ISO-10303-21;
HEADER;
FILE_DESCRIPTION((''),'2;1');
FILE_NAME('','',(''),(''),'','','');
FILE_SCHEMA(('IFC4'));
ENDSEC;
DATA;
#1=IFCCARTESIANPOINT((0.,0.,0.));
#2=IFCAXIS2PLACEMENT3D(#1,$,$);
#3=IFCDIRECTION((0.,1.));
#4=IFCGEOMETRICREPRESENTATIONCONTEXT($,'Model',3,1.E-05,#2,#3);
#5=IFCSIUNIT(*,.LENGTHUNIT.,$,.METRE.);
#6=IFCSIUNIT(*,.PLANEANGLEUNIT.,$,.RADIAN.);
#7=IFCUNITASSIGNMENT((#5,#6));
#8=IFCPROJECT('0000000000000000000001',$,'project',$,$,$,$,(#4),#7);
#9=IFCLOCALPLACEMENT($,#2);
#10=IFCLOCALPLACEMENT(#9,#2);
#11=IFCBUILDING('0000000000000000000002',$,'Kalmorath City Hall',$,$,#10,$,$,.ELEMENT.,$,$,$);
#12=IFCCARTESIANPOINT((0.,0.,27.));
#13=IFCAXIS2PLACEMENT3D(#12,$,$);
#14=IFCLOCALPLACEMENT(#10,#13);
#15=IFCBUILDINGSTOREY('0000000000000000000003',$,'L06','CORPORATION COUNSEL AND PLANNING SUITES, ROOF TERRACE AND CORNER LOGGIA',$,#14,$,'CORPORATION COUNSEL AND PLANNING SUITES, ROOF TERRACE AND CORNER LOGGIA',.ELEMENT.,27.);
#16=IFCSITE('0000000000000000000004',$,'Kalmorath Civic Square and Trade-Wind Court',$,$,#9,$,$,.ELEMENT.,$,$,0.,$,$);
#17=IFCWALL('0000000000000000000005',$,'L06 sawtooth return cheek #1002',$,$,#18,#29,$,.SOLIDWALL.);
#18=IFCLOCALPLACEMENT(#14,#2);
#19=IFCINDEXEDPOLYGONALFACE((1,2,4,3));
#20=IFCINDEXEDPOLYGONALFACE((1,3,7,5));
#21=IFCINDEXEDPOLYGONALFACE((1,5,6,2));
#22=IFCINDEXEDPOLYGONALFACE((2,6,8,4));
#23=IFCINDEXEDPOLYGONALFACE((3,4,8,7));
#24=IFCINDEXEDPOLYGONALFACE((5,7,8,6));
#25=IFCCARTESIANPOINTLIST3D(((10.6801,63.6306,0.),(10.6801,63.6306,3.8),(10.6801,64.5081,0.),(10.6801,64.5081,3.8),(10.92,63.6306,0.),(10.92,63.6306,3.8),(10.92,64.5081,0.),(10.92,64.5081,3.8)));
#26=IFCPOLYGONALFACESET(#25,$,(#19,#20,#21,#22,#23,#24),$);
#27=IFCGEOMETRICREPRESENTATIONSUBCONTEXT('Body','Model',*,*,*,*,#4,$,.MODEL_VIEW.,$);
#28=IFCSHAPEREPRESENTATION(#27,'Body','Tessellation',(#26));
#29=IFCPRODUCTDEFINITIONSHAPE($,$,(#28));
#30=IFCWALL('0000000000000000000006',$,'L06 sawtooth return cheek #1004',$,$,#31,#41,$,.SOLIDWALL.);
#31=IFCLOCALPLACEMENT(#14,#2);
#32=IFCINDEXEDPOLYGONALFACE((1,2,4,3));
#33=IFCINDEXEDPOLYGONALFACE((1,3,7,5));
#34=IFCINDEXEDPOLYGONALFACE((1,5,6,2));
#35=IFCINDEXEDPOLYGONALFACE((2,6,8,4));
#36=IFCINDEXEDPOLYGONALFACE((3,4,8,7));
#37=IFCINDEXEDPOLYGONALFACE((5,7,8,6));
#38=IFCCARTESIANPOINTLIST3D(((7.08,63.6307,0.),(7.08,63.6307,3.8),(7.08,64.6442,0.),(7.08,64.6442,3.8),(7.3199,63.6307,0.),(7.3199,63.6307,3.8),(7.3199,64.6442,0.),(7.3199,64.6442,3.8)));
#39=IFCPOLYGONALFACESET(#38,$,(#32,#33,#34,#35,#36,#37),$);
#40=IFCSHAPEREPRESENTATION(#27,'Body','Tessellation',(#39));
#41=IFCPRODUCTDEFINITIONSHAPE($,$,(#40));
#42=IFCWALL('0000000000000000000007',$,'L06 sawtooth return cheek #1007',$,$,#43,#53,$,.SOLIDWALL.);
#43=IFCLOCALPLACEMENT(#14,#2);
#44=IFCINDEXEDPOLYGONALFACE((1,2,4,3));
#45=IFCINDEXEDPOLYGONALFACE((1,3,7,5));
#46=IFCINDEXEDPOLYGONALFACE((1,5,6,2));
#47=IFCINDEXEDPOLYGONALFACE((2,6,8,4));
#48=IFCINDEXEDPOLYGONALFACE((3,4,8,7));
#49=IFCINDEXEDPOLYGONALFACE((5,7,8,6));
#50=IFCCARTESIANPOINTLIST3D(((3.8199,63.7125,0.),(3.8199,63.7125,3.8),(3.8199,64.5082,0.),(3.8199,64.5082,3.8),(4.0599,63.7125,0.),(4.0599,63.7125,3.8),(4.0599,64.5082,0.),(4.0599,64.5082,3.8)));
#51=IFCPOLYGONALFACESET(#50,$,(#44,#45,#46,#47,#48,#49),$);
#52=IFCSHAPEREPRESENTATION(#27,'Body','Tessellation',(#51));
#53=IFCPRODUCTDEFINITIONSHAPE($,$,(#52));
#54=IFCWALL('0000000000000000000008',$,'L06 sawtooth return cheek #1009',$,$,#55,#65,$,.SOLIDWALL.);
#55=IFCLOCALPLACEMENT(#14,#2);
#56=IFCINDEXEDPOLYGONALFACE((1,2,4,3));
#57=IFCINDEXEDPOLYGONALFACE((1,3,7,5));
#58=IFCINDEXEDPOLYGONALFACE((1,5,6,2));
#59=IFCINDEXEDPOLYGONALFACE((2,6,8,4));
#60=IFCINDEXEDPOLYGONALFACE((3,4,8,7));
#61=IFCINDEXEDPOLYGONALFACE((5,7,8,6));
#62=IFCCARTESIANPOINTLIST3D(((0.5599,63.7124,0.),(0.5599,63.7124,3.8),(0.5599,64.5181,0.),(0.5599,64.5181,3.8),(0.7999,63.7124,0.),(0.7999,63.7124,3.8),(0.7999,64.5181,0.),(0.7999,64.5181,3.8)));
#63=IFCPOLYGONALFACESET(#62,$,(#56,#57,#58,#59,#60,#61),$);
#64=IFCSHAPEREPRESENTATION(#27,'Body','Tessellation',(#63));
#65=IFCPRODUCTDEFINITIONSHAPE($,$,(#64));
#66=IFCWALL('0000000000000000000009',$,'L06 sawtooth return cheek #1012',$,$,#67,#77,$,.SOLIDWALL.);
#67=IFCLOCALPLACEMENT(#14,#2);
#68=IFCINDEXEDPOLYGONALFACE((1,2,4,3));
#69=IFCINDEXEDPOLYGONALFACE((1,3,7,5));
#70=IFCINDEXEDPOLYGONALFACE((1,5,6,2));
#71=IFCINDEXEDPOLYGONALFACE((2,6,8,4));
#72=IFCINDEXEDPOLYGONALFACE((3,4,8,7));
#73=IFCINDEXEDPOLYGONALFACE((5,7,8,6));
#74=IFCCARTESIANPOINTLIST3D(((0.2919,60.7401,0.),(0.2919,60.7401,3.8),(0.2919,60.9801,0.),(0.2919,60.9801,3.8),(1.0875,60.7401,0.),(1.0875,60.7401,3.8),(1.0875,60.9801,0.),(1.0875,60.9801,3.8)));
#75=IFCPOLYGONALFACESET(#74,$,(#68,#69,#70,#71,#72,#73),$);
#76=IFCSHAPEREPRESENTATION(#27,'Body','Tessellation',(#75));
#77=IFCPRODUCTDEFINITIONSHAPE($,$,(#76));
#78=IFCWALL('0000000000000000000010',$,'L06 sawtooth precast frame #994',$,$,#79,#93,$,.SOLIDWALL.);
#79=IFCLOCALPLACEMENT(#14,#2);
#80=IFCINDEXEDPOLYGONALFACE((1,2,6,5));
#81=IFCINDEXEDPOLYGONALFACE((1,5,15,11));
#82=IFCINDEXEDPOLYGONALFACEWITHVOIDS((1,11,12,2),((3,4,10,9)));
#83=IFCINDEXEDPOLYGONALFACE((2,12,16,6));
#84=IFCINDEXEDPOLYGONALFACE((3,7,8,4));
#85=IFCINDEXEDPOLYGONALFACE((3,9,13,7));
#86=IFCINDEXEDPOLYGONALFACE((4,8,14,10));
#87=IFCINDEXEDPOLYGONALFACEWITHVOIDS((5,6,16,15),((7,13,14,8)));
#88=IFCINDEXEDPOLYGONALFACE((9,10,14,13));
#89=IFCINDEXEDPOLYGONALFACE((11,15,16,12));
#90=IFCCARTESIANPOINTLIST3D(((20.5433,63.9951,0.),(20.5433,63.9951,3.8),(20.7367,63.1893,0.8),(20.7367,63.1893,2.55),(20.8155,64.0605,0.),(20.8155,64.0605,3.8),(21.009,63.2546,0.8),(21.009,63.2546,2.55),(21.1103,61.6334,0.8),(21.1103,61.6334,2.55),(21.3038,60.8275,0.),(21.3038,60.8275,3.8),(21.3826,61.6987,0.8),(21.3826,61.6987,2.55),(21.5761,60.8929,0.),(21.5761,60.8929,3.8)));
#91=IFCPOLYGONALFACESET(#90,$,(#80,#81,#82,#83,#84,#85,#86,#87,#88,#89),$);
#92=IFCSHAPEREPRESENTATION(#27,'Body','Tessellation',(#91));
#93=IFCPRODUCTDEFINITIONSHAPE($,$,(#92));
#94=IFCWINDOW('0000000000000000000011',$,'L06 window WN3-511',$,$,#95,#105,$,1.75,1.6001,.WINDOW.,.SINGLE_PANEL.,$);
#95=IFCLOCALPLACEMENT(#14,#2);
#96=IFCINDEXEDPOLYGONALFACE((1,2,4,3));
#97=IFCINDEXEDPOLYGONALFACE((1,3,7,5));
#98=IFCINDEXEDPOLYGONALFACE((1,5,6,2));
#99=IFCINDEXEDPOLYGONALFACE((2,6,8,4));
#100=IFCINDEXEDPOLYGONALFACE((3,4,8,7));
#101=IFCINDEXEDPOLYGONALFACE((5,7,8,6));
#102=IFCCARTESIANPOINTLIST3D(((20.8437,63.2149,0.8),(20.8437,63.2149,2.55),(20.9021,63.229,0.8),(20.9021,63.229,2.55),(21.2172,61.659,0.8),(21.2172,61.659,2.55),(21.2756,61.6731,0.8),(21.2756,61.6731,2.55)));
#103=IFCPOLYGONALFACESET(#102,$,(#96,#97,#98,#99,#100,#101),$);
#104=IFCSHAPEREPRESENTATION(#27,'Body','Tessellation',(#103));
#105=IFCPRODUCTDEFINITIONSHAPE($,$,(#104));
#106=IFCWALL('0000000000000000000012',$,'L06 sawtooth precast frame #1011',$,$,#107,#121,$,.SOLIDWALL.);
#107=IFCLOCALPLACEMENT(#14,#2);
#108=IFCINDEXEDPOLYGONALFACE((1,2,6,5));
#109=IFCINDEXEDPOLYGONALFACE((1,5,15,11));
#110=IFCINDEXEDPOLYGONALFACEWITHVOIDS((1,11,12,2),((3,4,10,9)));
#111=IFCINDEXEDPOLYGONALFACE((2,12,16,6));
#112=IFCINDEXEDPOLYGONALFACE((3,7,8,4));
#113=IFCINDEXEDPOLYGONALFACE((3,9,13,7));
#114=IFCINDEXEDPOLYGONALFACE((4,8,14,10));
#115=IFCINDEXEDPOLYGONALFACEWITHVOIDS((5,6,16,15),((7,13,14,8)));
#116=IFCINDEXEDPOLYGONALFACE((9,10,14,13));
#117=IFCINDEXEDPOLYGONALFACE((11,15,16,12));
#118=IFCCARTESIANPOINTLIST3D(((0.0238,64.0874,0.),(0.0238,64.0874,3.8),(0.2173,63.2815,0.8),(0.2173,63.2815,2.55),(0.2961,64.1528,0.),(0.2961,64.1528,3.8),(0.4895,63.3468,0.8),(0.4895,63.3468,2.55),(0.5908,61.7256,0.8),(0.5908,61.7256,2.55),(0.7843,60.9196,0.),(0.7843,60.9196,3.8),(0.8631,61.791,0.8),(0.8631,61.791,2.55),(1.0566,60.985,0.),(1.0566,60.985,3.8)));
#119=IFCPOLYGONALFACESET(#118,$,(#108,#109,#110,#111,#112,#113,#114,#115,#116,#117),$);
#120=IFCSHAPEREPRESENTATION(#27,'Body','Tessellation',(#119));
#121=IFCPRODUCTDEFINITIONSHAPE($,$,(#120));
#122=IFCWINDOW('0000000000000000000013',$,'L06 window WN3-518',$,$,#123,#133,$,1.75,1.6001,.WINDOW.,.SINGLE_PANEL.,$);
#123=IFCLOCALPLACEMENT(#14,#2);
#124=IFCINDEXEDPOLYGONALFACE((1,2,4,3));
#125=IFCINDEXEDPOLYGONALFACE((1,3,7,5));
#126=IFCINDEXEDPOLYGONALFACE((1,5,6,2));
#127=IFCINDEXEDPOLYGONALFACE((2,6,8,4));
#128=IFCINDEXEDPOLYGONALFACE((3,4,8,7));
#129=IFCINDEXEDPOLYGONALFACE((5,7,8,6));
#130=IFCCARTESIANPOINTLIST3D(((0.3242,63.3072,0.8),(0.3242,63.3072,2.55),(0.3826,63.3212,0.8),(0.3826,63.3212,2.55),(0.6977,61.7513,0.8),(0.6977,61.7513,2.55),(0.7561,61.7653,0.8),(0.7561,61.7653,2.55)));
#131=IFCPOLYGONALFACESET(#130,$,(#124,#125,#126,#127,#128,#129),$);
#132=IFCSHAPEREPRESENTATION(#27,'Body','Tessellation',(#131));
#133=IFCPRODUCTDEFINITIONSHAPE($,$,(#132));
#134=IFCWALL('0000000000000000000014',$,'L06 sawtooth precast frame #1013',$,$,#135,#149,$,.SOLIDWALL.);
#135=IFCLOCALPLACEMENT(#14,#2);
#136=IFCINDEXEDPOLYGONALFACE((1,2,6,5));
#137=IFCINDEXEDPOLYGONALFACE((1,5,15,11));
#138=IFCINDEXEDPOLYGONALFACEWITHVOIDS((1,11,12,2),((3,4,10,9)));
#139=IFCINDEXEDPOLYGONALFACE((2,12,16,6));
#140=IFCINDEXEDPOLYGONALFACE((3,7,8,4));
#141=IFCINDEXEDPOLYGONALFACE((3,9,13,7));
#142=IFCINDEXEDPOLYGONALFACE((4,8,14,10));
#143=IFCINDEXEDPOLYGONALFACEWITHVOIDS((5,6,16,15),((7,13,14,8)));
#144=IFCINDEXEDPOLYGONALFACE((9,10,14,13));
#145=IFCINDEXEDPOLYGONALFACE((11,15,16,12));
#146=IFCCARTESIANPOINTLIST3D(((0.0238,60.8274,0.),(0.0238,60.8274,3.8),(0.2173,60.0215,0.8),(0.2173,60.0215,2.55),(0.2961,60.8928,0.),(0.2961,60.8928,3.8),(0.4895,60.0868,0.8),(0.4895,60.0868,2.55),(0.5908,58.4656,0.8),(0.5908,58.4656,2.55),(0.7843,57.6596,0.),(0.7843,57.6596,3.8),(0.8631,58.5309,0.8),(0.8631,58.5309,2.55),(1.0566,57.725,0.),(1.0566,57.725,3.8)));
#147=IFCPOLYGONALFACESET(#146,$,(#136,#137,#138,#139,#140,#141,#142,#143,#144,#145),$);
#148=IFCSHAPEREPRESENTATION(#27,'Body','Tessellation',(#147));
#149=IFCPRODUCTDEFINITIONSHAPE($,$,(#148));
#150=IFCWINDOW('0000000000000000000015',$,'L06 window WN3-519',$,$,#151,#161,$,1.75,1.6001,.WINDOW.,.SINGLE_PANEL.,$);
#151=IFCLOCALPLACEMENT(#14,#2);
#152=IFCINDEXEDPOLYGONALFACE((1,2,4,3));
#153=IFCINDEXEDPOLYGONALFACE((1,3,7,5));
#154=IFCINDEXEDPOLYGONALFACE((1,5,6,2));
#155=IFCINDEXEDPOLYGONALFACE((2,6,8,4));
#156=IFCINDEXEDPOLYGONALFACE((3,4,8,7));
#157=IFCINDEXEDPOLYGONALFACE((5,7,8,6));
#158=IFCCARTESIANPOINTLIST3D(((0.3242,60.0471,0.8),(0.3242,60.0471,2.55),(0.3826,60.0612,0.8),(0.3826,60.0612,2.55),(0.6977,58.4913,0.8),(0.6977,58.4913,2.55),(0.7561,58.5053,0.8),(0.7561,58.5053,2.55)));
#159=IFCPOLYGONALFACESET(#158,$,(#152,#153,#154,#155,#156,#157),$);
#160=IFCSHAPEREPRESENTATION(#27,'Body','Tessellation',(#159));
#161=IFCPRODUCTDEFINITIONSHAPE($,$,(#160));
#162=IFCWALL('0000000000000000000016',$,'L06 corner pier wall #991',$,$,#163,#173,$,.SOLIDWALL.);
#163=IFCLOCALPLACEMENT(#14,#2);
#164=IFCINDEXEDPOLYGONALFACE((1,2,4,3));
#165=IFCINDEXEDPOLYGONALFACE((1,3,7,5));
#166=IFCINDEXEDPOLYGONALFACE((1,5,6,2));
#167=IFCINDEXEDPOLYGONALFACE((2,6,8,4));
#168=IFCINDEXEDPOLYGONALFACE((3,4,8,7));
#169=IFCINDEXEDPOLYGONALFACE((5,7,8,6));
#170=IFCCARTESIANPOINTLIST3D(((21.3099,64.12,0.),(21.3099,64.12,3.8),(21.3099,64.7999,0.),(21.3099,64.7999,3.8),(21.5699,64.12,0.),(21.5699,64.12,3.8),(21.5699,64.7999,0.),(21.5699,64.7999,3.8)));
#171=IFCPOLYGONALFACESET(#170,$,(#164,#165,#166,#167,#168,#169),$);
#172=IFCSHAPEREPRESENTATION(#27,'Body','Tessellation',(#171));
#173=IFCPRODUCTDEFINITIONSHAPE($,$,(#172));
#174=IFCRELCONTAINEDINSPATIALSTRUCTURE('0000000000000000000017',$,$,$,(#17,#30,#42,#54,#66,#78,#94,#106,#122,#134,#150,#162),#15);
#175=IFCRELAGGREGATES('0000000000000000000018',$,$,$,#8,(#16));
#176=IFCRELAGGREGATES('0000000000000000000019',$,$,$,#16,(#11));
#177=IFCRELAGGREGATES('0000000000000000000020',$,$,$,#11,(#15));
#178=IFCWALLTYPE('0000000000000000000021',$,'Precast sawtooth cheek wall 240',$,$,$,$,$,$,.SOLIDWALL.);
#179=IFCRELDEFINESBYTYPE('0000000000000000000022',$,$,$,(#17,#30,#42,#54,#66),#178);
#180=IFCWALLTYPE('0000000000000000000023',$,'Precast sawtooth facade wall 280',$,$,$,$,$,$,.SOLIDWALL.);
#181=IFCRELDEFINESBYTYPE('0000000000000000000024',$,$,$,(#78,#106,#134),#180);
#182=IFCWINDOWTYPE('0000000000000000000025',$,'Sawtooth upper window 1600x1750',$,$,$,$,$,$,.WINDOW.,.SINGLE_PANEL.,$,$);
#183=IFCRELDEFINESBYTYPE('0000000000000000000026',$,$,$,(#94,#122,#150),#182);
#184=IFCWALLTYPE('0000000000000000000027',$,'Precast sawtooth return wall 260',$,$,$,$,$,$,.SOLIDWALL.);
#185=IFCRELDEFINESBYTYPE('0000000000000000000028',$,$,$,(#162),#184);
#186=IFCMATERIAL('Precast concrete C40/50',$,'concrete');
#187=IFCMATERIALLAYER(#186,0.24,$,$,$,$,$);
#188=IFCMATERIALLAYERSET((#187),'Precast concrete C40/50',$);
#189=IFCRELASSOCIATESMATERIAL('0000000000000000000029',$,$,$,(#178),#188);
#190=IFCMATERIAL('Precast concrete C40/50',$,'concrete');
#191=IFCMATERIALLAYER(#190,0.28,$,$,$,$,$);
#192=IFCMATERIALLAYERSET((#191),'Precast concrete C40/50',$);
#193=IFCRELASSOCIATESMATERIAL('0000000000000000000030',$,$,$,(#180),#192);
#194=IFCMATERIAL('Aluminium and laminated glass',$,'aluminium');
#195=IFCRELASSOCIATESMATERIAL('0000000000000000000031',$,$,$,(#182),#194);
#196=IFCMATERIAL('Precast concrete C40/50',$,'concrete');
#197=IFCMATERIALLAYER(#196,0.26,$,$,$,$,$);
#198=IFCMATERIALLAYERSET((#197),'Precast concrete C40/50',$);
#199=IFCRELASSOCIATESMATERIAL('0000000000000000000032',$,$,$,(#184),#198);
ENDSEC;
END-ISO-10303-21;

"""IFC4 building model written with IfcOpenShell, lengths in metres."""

from ifc_helpers import new_model, si_unit, direction, frame, frame_2d, origin, place, context, subcontext, project, spatial, rectangle, extrude, material, layer, layer_set, type_object, element, fill, save


model = new_model("IFC4")

# Units and contexts
model_context = context("Model", 3, precision=1e-05, world=origin(), true_north=direction((0.0, 1.0)))
body_context = subcontext(model_context, "Body", "Model", "MODEL_VIEW")
ifc_project = project(units=[si_unit("LENGTHUNIT", "METRE"), si_unit("PLANEANGLEUNIT", "RADIAN")], contexts=[model_context])

# Site, building, storey
site_placement = place(None, origin())
site = spatial("IfcSite", under=ifc_project, at=site_placement, Name="Kalmorath Civic Square and Trade-Wind Court", CompositionType="ELEMENT", RefElevation=0.0)
building_placement = place(site_placement, origin())
building = spatial("IfcBuilding", under=site, at=building_placement, Name="Kalmorath City Hall", CompositionType="ELEMENT")
storey_placement = place(building_placement, frame((0.0, 0.0, 27.0)))
storey = spatial("IfcBuildingStorey", under=building, at=storey_placement, Name="L06", Description="CORPORATION COUNSEL AND PLANNING SUITES, ROOF TERRACE AND CORNER LOGGIA", LongName="CORPORATION COUNSEL AND PLANNING SUITES, ROOF TERRACE AND CORNER LOGGIA", CompositionType="ELEMENT", Elevation=27.0)

# Walls
ifc_material_1 = material(Name="Precast concrete C40/50", Category="concrete")
ifc_layer_1 = layer(ifc_material_1, 0.24)
ifc_layer_set_1 = layer_set([ifc_layer_1], Name="Precast concrete C40/50")
wall_type_1 = type_object("IfcWallType", Name="Precast sawtooth cheek wall 240", PredefinedType="SOLIDWALL", material=ifc_layer_set_1)
wall_1_placement = place(storey_placement, frame((10.8, 63.6306, 0.0), z_axis=(0.0, 0.0, 1.0), x_axis=(0.0, 1.0, 0.0)))
element("IfcWall", 1, at=wall_1_placement, inside=storey, type_object=wall_type_1, Name="L06 sawtooth return cheek #1002", PredefinedType="SOLIDWALL", context=body_context, shape_type="SweptSolid", body=[
    extrude(rectangle(XDim=0.8774, YDim=0.24, at=frame_2d((0.4387, 0.0))), origin(), (0.0, 0.0, 1.0), 3.8),
])
wall_2_placement = place(storey_placement, frame((7.2, 63.6306, 0.0), z_axis=(0.0, 0.0, 1.0), x_axis=(0.0, 1.0, 0.0)))
element("IfcWall", 2, at=wall_2_placement, inside=storey, type_object=wall_type_1, Name="L06 sawtooth return cheek #1004", PredefinedType="SOLIDWALL", context=body_context, shape_type="SweptSolid", body=[
    extrude(rectangle(XDim=1.0134, YDim=0.24, at=frame_2d((0.5068, 0.0))), origin(), (0.0, 0.0, 1.0), 3.8),
])
wall_3_placement = place(storey_placement, frame((3.9399, 63.7124, 0.0), z_axis=(0.0, 0.0, 1.0), x_axis=(0.0, 1.0, 0.0)))
element("IfcWall", 3, at=wall_3_placement, inside=storey, type_object=wall_type_1, Name="L06 sawtooth return cheek #1007", PredefinedType="SOLIDWALL", context=body_context, shape_type="SweptSolid", body=[
    extrude(rectangle(XDim=0.7957, YDim=0.24, at=frame_2d((0.3979, 0.0))), origin(), (0.0, 0.0, 1.0), 3.8),
])
wall_4_placement = place(storey_placement, frame((0.6799, 63.7124, 0.0), z_axis=(0.0, 0.0, 1.0), x_axis=(0.0, 1.0, 0.0)))
element("IfcWall", 4, at=wall_4_placement, inside=storey, type_object=wall_type_1, Name="L06 sawtooth return cheek #1009", PredefinedType="SOLIDWALL", context=body_context, shape_type="SweptSolid", body=[
    extrude(rectangle(XDim=0.8057, YDim=0.24, at=frame_2d((0.4028, 0.0))), origin(), (0.0, 0.0, 1.0), 3.8),
])
wall_5_placement = place(storey_placement, frame((1.0876, 60.8601, 0.0), z_axis=(0.0, 0.0, 1.0), x_axis=(-1.0, 0.0, 0.0)))
element("IfcWall", 5, at=wall_5_placement, inside=storey, type_object=wall_type_1, Name="L06 sawtooth return cheek #1012", PredefinedType="SOLIDWALL", context=body_context, shape_type="SweptSolid", body=[
    extrude(rectangle(XDim=0.7957, YDim=0.24, at=frame_2d((0.3979, 0.0))), origin(), (0.0, 0.0, 1.0), 3.8),
])

# Walls, openings, windows
ifc_material_2 = material(Name="Precast concrete C40/50", Category="concrete")
ifc_layer_2 = layer(ifc_material_2, 0.28)
ifc_layer_set_2 = layer_set([ifc_layer_2], Name="Precast concrete C40/50")
wall_type_2 = type_object("IfcWallType", Name="Precast sawtooth facade wall 280", PredefinedType="SOLIDWALL", material=ifc_layer_set_2)
wall_6_placement = place(storey_placement, frame((21.4399, 60.8601, 0.0), z_axis=(0.0, 0.0, 1.0), x_axis=(-0.233461, 0.972366, 0.0)))
wall_6 = element("IfcWall", 6, at=wall_6_placement, inside=storey, type_object=wall_type_2, Name="L06 sawtooth precast frame #994", PredefinedType="SOLIDWALL", context=body_context, shape_type="SweptSolid", body=[
    extrude(rectangle(XDim=3.2576, YDim=0.28, at=frame_2d((1.6289, 0.0))), origin(), (0.0, 0.0, 1.0), 3.8),
])
opening_1_placement = place(wall_6_placement, frame((0.8289, 0.0, 0.8)))
opening_1 = element("IfcOpeningElement", 7, at=opening_1_placement, cuts=wall_6, PredefinedType="OPENING", context=body_context, shape_type="SweptSolid", body=[
    extrude(rectangle(XDim=1.6001, YDim=1.75, at=frame_2d((0.8, 0.875))), frame((0.0, 0.1499, 0.0), z_axis=(0.0, -1.0, 0.0), x_axis=(1.0, 0.0, 0.0)), (0.0, 0.0, 1.0), 0.3),
])
ifc_material_3 = material(Name="Aluminium and laminated glass", Category="aluminium")
window_type = type_object("IfcWindowType", Name="Sawtooth upper window 1600x1750", PartitioningType="SINGLE_PANEL", PredefinedType="WINDOW", material=ifc_material_3)
window_1_placement = place(opening_1_placement, origin())
window_1 = element("IfcWindow", 8, at=window_1_placement, inside=storey, type_object=window_type, Name="L06 window WN3-511", OverallHeight=1.75, OverallWidth=1.6001, PartitioningType="SINGLE_PANEL", PredefinedType="WINDOW", context=body_context, shape_type="SweptSolid", body=[
    extrude(rectangle(XDim=1.6001, YDim=1.75, at=frame_2d((0.8, 0.875))), frame((0.0, 0.03, 0.0), z_axis=(0.0, -1.0, 0.0), x_axis=(1.0, 0.0, 0.0)), (0.0, 0.0, 1.0), 0.0601),
])
fill(opening_1, window_1)
wall_7_placement = place(storey_placement, frame((0.1599, 64.1201, 0.0), z_axis=(0.0, 0.0, 1.0), x_axis=(0.233444, -0.97237, 0.0)))
wall_7 = element("IfcWall", 9, at=wall_7_placement, inside=storey, type_object=wall_type_2, Name="L06 sawtooth precast frame #1011", PredefinedType="SOLIDWALL", context=body_context, shape_type="SweptSolid", body=[
    extrude(rectangle(XDim=3.2578, YDim=0.28, at=frame_2d((1.6289, 0.0))), origin(), (0.0, 0.0, 1.0), 3.8),
])
opening_2_placement = place(wall_7_placement, frame((0.8289, 0.0, 0.8)))
opening_2 = element("IfcOpeningElement", 10, at=opening_2_placement, cuts=wall_7, PredefinedType="OPENING", context=body_context, shape_type="SweptSolid", body=[
    extrude(rectangle(XDim=1.6001, YDim=1.75, at=frame_2d((0.8, 0.875))), frame((0.0, 0.1499, 0.0), z_axis=(0.0, -1.0, 0.0), x_axis=(1.0, 0.0, 0.0)), (0.0, 0.0, 1.0), 0.3),
])
window_2_placement = place(opening_2_placement, origin())
window_2 = element("IfcWindow", 11, at=window_2_placement, inside=storey, type_object=window_type, Name="L06 window WN3-518", OverallHeight=1.75, OverallWidth=1.6001, PartitioningType="SINGLE_PANEL", PredefinedType="WINDOW", context=body_context, shape_type="SweptSolid", body=[
    extrude(rectangle(XDim=1.6001, YDim=1.75, at=frame_2d((0.8, 0.875))), frame((0.0, 0.03, 0.0), z_axis=(0.0, -1.0, 0.0), x_axis=(1.0, 0.0, 0.0)), (0.0, 0.0, 1.0), 0.0601),
])
fill(opening_2, window_2)
wall_8_placement = place(storey_placement, frame((0.1599, 60.8601, 0.0), z_axis=(0.0, 0.0, 1.0), x_axis=(0.233444, -0.97237, 0.0)))
wall_8 = element("IfcWall", 12, at=wall_8_placement, inside=storey, type_object=wall_type_2, Name="L06 sawtooth precast frame #1013", PredefinedType="SOLIDWALL", context=body_context, shape_type="SweptSolid", body=[
    extrude(rectangle(XDim=3.2578, YDim=0.28, at=frame_2d((1.6289, 0.0))), origin(), (0.0, 0.0, 1.0), 3.8),
])
opening_3_placement = place(wall_8_placement, frame((0.8289, 0.0, 0.8)))
opening_3 = element("IfcOpeningElement", 13, at=opening_3_placement, cuts=wall_8, PredefinedType="OPENING", context=body_context, shape_type="SweptSolid", body=[
    extrude(rectangle(XDim=1.6001, YDim=1.75, at=frame_2d((0.8, 0.875))), frame((0.0, 0.1499, 0.0), z_axis=(0.0, -1.0, 0.0), x_axis=(1.0, 0.0, 0.0)), (0.0, 0.0, 1.0), 0.3),
])
window_3_placement = place(opening_3_placement, origin())
window_3 = element("IfcWindow", 14, at=window_3_placement, inside=storey, type_object=window_type, Name="L06 window WN3-519", OverallHeight=1.75, OverallWidth=1.6001, PartitioningType="SINGLE_PANEL", PredefinedType="WINDOW", context=body_context, shape_type="SweptSolid", body=[
    extrude(rectangle(XDim=1.6001, YDim=1.75, at=frame_2d((0.8, 0.875))), frame((0.0, 0.03, 0.0), z_axis=(0.0, -1.0, 0.0), x_axis=(1.0, 0.0, 0.0)), (0.0, 0.0, 1.0), 0.0601),
])
fill(opening_3, window_3)

# Wall
ifc_material_4 = material(Name="Precast concrete C40/50", Category="concrete")
ifc_layer_3 = layer(ifc_material_4, 0.26)
ifc_layer_set_3 = layer_set([ifc_layer_3], Name="Precast concrete C40/50")
wall_type_3 = type_object("IfcWallType", Name="Precast sawtooth return wall 260", PredefinedType="SOLIDWALL", material=ifc_layer_set_3)
wall_9_placement = place(storey_placement, frame((21.4399, 64.1201, 0.0), z_axis=(0.0, 0.0, 1.0), x_axis=(0.0, 1.0, 0.0)))
element("IfcWall", 15, at=wall_9_placement, inside=storey, type_object=wall_type_3, Name="L06 corner pier wall #991", PredefinedType="SOLIDWALL", context=body_context, shape_type="SweptSolid", body=[
    extrude(rectangle(XDim=0.6799, YDim=0.26, at=frame_2d((0.3398, 0.0))), origin(), (0.0, 0.0, 1.0), 3.8),
])

save(model, "model.ifc")
